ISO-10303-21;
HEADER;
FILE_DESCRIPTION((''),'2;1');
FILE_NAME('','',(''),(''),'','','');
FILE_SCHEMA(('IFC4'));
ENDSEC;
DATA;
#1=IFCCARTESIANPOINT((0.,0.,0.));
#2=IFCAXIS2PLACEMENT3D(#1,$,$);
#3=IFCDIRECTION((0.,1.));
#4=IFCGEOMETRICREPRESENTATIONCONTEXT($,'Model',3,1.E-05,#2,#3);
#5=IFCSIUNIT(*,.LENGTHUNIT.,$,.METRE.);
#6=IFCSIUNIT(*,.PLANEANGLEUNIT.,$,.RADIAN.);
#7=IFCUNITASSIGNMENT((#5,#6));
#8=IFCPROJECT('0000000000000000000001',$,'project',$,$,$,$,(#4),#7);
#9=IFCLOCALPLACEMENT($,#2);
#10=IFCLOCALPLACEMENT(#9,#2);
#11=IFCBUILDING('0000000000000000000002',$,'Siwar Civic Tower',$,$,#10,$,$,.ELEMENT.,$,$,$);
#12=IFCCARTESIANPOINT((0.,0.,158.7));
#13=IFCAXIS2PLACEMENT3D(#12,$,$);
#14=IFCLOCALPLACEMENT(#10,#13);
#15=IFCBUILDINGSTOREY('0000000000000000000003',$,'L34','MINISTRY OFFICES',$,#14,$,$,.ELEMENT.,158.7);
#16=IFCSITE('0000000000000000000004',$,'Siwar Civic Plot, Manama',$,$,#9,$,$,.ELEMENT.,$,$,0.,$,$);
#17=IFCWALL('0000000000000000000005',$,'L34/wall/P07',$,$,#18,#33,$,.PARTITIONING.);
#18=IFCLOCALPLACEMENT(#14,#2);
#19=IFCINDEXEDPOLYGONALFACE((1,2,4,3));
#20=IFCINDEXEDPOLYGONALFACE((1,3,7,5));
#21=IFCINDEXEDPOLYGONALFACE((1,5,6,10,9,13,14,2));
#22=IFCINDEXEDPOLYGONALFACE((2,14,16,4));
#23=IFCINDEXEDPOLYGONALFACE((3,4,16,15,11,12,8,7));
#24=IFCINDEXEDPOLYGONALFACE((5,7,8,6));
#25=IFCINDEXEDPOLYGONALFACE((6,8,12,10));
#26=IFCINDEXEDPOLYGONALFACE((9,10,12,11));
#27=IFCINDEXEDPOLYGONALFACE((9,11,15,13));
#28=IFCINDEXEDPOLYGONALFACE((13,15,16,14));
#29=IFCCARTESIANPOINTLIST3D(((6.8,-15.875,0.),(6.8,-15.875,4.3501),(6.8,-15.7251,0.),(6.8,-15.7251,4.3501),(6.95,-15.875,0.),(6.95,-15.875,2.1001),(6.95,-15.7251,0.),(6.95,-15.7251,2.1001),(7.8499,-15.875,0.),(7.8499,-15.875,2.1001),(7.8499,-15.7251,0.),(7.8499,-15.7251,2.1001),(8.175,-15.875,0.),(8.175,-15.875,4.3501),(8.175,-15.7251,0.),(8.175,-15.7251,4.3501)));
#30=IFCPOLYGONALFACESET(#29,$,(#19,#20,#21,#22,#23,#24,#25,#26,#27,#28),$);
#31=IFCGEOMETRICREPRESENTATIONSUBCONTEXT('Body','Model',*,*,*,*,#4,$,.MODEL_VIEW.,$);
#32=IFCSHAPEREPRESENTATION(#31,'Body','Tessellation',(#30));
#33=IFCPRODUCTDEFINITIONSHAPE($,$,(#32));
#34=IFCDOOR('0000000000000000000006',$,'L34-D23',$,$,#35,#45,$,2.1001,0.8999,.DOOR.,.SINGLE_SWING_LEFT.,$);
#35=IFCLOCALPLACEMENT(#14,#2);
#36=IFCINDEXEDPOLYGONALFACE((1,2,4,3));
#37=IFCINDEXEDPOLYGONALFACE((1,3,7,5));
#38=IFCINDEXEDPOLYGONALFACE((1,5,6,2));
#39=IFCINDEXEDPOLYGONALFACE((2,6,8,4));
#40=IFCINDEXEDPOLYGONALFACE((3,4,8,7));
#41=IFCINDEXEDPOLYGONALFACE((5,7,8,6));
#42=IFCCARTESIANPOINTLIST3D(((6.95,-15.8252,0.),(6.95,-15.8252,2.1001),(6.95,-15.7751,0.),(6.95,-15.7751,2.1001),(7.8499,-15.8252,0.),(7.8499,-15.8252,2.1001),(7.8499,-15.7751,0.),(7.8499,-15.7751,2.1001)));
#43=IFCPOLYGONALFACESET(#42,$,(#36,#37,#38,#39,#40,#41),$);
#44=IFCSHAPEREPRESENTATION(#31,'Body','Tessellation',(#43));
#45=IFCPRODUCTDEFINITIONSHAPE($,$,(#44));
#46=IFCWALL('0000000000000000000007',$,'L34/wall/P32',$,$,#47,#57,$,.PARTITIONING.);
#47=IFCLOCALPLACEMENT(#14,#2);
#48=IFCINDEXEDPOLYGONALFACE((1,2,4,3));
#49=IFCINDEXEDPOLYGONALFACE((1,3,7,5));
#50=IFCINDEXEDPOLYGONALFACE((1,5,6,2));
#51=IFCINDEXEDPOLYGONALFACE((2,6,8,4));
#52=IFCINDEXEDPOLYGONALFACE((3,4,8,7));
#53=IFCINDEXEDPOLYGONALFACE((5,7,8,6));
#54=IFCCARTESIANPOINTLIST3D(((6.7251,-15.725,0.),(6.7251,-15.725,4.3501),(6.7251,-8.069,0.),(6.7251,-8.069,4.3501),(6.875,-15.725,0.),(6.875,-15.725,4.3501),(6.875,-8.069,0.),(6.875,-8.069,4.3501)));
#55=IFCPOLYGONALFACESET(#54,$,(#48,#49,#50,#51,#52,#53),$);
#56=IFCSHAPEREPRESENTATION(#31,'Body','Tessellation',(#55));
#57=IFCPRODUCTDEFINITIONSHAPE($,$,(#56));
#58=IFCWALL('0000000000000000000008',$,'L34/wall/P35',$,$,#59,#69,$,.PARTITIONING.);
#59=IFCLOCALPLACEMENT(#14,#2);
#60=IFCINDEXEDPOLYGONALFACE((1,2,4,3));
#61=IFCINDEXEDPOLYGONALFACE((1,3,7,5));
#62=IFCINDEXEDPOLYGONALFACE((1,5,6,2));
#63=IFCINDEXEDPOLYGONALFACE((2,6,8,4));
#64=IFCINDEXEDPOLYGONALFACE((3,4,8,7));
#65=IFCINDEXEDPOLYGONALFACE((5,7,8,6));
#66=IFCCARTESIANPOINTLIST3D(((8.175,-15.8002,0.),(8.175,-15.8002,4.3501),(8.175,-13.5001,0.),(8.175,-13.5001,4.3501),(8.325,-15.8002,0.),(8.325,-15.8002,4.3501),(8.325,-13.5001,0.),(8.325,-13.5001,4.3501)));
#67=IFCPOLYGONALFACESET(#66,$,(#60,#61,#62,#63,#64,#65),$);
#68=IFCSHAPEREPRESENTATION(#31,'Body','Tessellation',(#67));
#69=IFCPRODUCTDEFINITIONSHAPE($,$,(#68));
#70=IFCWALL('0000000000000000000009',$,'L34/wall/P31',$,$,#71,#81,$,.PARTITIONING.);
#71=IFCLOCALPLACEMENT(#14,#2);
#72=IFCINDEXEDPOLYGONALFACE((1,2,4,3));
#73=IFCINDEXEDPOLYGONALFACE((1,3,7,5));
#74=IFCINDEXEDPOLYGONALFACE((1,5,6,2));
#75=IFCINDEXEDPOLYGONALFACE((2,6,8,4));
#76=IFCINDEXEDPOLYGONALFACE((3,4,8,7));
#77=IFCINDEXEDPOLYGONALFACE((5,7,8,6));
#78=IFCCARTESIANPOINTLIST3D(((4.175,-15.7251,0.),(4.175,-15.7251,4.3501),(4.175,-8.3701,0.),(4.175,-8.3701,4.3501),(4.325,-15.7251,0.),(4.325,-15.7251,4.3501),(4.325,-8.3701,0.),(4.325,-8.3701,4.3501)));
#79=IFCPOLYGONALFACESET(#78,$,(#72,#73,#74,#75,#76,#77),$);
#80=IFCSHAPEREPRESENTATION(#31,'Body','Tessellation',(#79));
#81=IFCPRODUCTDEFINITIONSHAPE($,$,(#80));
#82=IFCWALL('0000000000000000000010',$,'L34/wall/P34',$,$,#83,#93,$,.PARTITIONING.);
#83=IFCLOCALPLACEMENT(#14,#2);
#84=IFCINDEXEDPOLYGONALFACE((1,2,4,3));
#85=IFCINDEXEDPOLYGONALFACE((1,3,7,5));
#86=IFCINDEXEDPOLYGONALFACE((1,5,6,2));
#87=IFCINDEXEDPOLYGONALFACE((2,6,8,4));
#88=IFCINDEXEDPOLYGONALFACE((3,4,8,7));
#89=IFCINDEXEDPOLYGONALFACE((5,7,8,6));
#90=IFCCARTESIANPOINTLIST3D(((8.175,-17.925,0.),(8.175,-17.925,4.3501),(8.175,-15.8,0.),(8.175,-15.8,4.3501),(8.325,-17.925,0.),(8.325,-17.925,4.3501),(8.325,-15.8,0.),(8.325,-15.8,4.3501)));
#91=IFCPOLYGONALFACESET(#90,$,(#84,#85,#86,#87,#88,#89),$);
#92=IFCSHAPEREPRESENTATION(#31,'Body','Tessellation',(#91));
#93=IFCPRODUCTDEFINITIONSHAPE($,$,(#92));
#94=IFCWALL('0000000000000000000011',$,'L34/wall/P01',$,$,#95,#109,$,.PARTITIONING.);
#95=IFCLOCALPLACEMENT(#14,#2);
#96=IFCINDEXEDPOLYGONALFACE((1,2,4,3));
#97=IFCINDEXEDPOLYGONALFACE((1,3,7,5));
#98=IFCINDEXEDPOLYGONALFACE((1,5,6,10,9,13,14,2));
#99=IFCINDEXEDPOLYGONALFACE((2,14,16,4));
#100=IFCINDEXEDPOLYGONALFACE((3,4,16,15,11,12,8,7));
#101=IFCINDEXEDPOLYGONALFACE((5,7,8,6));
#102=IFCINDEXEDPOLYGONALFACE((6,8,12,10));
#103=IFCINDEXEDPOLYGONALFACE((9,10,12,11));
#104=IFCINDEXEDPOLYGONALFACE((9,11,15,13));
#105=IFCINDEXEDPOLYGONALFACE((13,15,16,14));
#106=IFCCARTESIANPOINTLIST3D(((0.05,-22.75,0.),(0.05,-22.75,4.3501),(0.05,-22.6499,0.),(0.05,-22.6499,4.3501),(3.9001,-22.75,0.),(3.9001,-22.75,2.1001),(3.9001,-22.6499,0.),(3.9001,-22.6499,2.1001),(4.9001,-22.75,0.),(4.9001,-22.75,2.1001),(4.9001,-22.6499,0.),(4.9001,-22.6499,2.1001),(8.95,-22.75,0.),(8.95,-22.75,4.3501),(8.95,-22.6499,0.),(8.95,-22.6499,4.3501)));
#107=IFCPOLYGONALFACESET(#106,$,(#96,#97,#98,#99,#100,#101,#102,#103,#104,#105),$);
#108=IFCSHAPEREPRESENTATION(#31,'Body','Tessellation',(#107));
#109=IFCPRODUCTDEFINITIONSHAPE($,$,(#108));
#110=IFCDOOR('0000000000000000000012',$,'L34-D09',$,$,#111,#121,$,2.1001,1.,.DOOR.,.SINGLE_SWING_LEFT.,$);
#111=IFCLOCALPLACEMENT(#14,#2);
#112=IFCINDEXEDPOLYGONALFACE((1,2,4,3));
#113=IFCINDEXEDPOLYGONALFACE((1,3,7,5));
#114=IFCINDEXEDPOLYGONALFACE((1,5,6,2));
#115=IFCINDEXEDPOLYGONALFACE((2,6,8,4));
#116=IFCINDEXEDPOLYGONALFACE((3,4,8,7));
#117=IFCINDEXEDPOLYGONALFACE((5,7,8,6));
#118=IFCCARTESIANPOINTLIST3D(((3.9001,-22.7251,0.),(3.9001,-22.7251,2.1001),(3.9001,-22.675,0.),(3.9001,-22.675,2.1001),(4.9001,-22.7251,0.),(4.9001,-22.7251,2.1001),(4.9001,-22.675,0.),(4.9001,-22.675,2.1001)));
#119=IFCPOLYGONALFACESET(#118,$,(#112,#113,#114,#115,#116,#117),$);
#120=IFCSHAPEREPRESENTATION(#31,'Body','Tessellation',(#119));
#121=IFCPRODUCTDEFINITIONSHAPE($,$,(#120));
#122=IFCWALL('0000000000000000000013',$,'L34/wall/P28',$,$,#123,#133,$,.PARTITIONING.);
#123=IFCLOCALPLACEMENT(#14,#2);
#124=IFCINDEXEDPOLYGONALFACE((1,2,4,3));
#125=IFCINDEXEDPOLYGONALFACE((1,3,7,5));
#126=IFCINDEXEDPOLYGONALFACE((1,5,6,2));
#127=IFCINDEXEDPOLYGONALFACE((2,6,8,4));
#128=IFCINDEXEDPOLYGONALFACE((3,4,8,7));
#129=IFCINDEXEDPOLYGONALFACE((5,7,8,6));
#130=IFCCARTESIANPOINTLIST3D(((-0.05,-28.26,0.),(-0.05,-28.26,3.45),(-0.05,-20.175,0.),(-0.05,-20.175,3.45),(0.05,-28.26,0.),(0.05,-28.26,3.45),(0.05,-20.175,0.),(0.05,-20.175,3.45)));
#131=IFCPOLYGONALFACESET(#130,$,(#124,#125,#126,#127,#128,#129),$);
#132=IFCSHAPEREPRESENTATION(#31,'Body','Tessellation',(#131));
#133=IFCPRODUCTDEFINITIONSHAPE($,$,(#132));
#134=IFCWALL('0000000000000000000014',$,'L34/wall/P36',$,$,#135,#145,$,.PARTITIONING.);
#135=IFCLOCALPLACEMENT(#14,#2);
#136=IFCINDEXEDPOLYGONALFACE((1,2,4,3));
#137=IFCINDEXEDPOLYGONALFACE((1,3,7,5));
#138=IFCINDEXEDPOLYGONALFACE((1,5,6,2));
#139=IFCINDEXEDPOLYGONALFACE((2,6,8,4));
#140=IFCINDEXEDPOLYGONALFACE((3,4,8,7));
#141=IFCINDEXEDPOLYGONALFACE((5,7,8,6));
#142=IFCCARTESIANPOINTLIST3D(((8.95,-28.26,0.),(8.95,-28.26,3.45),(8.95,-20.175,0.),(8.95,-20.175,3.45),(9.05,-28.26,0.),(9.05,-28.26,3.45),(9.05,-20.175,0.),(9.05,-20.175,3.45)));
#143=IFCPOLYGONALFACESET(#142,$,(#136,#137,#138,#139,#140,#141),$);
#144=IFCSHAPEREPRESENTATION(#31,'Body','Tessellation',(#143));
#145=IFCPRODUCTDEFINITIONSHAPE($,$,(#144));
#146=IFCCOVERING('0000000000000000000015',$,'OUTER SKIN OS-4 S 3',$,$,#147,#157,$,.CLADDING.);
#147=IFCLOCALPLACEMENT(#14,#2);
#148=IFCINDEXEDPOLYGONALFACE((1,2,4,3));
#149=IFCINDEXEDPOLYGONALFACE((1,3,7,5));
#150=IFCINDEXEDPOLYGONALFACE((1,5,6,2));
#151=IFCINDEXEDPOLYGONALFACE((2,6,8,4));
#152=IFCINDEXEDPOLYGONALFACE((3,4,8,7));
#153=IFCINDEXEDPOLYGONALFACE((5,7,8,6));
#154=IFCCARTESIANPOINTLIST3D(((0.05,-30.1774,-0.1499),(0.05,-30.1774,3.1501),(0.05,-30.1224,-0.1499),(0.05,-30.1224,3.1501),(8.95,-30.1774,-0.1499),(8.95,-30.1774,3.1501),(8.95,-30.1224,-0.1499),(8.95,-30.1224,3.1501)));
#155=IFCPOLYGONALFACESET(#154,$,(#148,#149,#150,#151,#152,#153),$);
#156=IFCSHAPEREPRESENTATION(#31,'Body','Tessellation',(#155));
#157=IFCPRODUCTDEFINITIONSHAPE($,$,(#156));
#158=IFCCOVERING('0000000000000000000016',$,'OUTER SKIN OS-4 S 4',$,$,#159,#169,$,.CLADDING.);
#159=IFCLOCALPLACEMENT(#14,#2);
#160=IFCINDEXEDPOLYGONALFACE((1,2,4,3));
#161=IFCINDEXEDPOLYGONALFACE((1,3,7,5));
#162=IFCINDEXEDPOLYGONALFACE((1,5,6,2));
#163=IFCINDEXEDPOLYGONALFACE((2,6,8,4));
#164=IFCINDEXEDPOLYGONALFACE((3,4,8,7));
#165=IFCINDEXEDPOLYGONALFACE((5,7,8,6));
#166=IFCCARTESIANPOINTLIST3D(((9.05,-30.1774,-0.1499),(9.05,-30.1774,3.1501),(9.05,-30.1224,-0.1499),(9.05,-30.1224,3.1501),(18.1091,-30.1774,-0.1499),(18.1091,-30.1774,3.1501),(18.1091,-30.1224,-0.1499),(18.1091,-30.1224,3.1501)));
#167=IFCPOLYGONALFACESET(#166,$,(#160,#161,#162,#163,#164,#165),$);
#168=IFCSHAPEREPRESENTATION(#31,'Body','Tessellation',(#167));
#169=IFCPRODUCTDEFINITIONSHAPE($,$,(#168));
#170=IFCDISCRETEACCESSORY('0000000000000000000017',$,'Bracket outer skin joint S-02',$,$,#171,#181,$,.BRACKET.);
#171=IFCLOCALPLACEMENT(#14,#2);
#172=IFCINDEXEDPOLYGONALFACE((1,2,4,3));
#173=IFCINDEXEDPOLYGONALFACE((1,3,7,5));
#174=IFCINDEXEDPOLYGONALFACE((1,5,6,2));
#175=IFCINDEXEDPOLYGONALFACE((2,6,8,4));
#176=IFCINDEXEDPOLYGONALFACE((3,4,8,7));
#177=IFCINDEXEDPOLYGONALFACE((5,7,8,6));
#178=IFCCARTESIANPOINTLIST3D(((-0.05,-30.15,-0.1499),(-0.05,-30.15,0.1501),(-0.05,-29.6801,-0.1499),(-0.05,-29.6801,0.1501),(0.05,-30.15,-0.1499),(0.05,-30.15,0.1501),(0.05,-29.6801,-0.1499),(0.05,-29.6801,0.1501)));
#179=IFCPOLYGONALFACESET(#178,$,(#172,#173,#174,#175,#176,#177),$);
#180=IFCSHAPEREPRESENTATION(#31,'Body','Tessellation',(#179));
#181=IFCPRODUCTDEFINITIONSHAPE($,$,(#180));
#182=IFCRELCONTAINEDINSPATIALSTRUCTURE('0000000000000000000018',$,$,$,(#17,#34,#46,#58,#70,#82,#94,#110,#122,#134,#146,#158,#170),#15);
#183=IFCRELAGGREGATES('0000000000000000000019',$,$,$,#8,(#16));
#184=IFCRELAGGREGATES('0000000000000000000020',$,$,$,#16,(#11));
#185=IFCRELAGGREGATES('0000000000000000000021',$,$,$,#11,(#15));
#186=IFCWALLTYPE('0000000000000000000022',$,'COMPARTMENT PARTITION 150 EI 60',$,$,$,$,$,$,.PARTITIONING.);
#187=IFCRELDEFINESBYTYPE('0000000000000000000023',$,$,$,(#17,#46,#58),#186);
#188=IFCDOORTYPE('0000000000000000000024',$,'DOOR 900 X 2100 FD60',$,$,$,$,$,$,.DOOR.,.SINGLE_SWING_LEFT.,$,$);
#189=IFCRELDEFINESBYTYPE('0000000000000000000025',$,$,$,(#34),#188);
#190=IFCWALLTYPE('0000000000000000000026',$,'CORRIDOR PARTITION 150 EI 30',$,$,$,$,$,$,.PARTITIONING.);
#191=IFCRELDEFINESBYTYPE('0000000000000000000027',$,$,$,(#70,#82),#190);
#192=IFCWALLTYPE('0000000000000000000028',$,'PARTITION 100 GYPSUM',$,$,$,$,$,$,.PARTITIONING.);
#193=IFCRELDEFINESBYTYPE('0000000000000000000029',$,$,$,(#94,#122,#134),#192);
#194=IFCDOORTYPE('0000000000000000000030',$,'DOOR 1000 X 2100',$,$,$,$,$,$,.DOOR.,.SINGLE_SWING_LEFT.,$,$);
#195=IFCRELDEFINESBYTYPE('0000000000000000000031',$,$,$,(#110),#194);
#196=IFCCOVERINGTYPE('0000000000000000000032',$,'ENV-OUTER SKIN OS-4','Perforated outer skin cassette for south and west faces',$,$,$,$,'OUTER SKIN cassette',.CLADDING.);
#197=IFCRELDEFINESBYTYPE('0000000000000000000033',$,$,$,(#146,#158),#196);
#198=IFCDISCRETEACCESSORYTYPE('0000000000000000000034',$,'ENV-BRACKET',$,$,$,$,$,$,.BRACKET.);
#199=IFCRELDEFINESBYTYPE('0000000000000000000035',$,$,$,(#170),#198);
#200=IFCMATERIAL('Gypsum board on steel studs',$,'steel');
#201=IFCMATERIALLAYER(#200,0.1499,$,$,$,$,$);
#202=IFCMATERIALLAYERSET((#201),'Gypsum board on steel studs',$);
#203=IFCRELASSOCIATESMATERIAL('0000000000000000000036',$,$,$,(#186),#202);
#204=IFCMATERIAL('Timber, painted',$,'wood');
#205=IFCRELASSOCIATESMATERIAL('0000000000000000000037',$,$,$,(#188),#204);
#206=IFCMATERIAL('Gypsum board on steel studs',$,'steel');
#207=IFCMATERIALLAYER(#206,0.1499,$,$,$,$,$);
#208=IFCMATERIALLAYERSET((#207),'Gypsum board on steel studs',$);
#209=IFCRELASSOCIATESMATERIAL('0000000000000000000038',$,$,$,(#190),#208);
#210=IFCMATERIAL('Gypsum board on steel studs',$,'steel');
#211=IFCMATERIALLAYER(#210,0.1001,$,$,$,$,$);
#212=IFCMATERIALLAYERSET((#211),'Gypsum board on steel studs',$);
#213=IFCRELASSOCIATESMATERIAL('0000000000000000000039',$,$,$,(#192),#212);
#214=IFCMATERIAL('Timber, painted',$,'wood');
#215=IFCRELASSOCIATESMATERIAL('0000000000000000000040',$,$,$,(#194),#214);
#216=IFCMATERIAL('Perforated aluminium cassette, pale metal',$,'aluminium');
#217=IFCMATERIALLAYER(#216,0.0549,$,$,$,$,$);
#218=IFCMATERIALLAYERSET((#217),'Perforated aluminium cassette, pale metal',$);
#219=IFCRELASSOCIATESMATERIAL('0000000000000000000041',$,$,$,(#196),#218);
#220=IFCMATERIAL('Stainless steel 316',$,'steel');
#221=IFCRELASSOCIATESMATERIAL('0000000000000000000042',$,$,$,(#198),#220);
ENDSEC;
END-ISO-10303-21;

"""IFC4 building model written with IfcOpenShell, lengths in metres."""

from ifc_helpers import new_model, si_unit, direction, frame, frame_2d, origin, origin_2d, place, context, subcontext, project, spatial, rectangle, extrude, material, layer, layer_set, type_object, element, fill, save


model = new_model("IFC4")

# Units and contexts
model_context = context("Model", 3, precision=1e-05, world=origin(), true_north=direction((0.0, 1.0)))
body_context = subcontext(model_context, "Body", "Model", "MODEL_VIEW")
ifc_project = project(units=[si_unit("LENGTHUNIT", "METRE"), si_unit("PLANEANGLEUNIT", "RADIAN")], contexts=[model_context])

# Site, building, storey
site_placement = place(None, origin())
site = spatial("IfcSite", under=ifc_project, at=site_placement, Name="Siwar Civic Plot, Manama", CompositionType="ELEMENT", RefElevation=0.0)
building_placement = place(site_placement, origin())
building = spatial("IfcBuilding", under=site, at=building_placement, Name="Siwar Civic Tower", CompositionType="ELEMENT")
storey_placement = place(building_placement, frame((0.0, 0.0, 158.7)))
storey = spatial("IfcBuildingStorey", under=building, at=storey_placement, Name="L34", Description="MINISTRY OFFICES", CompositionType="ELEMENT", Elevation=158.7)

# Wall, opening, door
ifc_material_1 = material(Name="Gypsum board on steel studs", Category="steel")
ifc_layer_1 = layer(ifc_material_1, 0.1499)
ifc_layer_set_1 = layer_set([ifc_layer_1], Name="Gypsum board on steel studs")
wall_type_1 = type_object("IfcWallType", Name="COMPARTMENT PARTITION 150 EI 60", PredefinedType="PARTITIONING", material=ifc_layer_set_1)
wall_1_placement = place(storey_placement, frame((6.8, -15.8, 0.0), z_axis=(0.0, 0.0, 1.0), x_axis=(1.0, 0.0, 0.0)))
wall_1 = element("IfcWall", 1, at=wall_1_placement, inside=storey, type_object=wall_type_1, Name="L34/wall/P07", PredefinedType="PARTITIONING", context=body_context, shape_type="SweptSolid", body=[
    extrude(rectangle(XDim=1.375, YDim=0.1499, at=frame_2d((0.6875, 0.0))), origin(), (0.0, 0.0, 1.0), 4.3501),
])
opening_1_placement = place(wall_1_placement, frame((0.1499, 0.0, 0.0)))
opening_1 = element("IfcOpeningElement", 2, at=opening_1_placement, cuts=wall_1, PredefinedType="OPENING", context=body_context, shape_type="SweptSolid", body=[
    extrude(rectangle(XDim=0.8999, YDim=2.1001, at=frame_2d((0.45, 1.05))), frame((0.0, 0.085, 0.0), z_axis=(0.0, -1.0, 0.0), x_axis=(1.0, 0.0, 0.0)), (0.0, 0.0, 1.0), 0.1699),
])
ifc_material_2 = material(Name="Timber, painted", Category="wood")
door_type_1 = type_object("IfcDoorType", Name="DOOR 900 X 2100 FD60", OperationType="SINGLE_SWING_LEFT", PredefinedType="DOOR", material=ifc_material_2)
door_1_placement = place(opening_1_placement, origin())
door_1 = element("IfcDoor", 3, at=door_1_placement, inside=storey, type_object=door_type_1, Name="L34-D23", OperationType="SINGLE_SWING_LEFT", OverallHeight=2.1001, OverallWidth=0.8999, PredefinedType="DOOR", context=body_context, shape_type="SweptSolid", body=[
    extrude(rectangle(XDim=0.8999, YDim=2.1001, at=frame_2d((0.45, 1.05))), frame((0.0, 0.0249, 0.0), z_axis=(0.0, -1.0, 0.0), x_axis=(1.0, 0.0, 0.0)), (0.0, 0.0, 1.0), 0.05),
])
fill(opening_1, door_1)

# Walls
wall_2_placement = place(storey_placement, frame((6.8, -15.7251, 0.0), z_axis=(0.0, 0.0, 1.0), x_axis=(0.0, 1.0, 0.0)))
element("IfcWall", 4, at=wall_2_placement, inside=storey, type_object=wall_type_1, Name="L34/wall/P32", PredefinedType="PARTITIONING", context=body_context, shape_type="SweptSolid", body=[
    extrude(rectangle(XDim=7.656, YDim=0.1499, at=frame_2d((3.8281, 0.0))), origin(), (0.0, 0.0, 1.0), 4.3501),
])
wall_3_placement = place(storey_placement, frame((8.25, -15.8, 0.0), z_axis=(0.0, 0.0, 1.0), x_axis=(0.0, 1.0, 0.0)))
element("IfcWall", 5, at=wall_3_placement, inside=storey, type_object=wall_type_1, Name="L34/wall/P35", PredefinedType="PARTITIONING", context=body_context, shape_type="SweptSolid", body=[
    extrude(rectangle(XDim=2.3, YDim=0.1499, at=frame_2d((1.1499, 0.0))), origin(), (0.0, 0.0, 1.0), 4.3501),
])
ifc_material_3 = material(Name="Gypsum board on steel studs", Category="steel")
ifc_layer_2 = layer(ifc_material_3, 0.1499)
ifc_layer_set_2 = layer_set([ifc_layer_2], Name="Gypsum board on steel studs")
wall_type_2 = type_object("IfcWallType", Name="CORRIDOR PARTITION 150 EI 30", PredefinedType="PARTITIONING", material=ifc_layer_set_2)
wall_4_placement = place(storey_placement, frame((4.25, -15.7251, 0.0), z_axis=(0.0, 0.0, 1.0), x_axis=(0.0, 1.0, 0.0)))
element("IfcWall", 6, at=wall_4_placement, inside=storey, type_object=wall_type_2, Name="L34/wall/P31", PredefinedType="PARTITIONING", context=body_context, shape_type="SweptSolid", body=[
    extrude(rectangle(XDim=7.355, YDim=0.1499, at=frame_2d((3.6775, 0.0))), origin(), (0.0, 0.0, 1.0), 4.3501),
])
wall_5_placement = place(storey_placement, frame((8.25, -17.925, 0.0), z_axis=(0.0, 0.0, 1.0), x_axis=(0.0, 1.0, 0.0)))
element("IfcWall", 7, at=wall_5_placement, inside=storey, type_object=wall_type_2, Name="L34/wall/P34", PredefinedType="PARTITIONING", context=body_context, shape_type="SweptSolid", body=[
    extrude(rectangle(XDim=2.125, YDim=0.1499, at=frame_2d((1.0625, 0.0))), origin(), (0.0, 0.0, 1.0), 4.3501),
])

# Wall, opening, door
ifc_material_4 = material(Name="Gypsum board on steel studs", Category="steel")
ifc_layer_3 = layer(ifc_material_4, 0.1001)
ifc_layer_set_3 = layer_set([ifc_layer_3], Name="Gypsum board on steel studs")
wall_type_3 = type_object("IfcWallType", Name="PARTITION 100 GYPSUM", PredefinedType="PARTITIONING", material=ifc_layer_set_3)
wall_6_placement = place(storey_placement, frame((0.05, -22.7, 0.0), z_axis=(0.0, 0.0, 1.0), x_axis=(1.0, 0.0, 0.0)))
wall_6 = element("IfcWall", 8, at=wall_6_placement, inside=storey, type_object=wall_type_3, Name="L34/wall/P01", PredefinedType="PARTITIONING", context=body_context, shape_type="SweptSolid", body=[
    extrude(rectangle(XDim=8.8999, YDim=0.1001, at=frame_2d((4.45, 0.0))), origin(), (0.0, 0.0, 1.0), 4.3501),
])
opening_2_placement = place(wall_6_placement, frame((3.8501, 0.0, 0.0)))
opening_2 = element("IfcOpeningElement", 9, at=opening_2_placement, cuts=wall_6, PredefinedType="OPENING", context=body_context, shape_type="SweptSolid", body=[
    extrude(rectangle(XDim=1.0, YDim=2.1001, at=frame_2d((0.5, 1.05))), frame((0.0, 0.0601, 0.0), z_axis=(0.0, -1.0, 0.0), x_axis=(1.0, 0.0, 0.0)), (0.0, 0.0, 1.0), 0.1201),
])
ifc_material_5 = material(Name="Timber, painted", Category="wood")
door_type_2 = type_object("IfcDoorType", Name="DOOR 1000 X 2100", OperationType="SINGLE_SWING_LEFT", PredefinedType="DOOR", material=ifc_material_5)
door_2_placement = place(opening_2_placement, origin())
door_2 = element("IfcDoor", 10, at=door_2_placement, inside=storey, type_object=door_type_2, Name="L34-D09", OperationType="SINGLE_SWING_LEFT", OverallHeight=2.1001, OverallWidth=1.0, PredefinedType="DOOR", context=body_context, shape_type="SweptSolid", body=[
    extrude(rectangle(XDim=1.0, YDim=2.1001, at=frame_2d((0.5, 1.05))), frame((0.0, 0.0249, 0.0), z_axis=(0.0, -1.0, 0.0), x_axis=(1.0, 0.0, 0.0)), (0.0, 0.0, 1.0), 0.05),
])
fill(opening_2, door_2)

# Walls
for number, where, z_axis, x_axis, name in (
    (11, (0.0, -28.26, 0.0), (0.0, 0.0, 1.0), (0.0, 1.0, 0.0), "L34/wall/P28"),
    (12, (9.0, -28.26, 0.0), (0.0, 0.0, 1.0), (0.0, 1.0, 0.0), "L34/wall/P36"),
):
    element("IfcWall", number, at=place(storey_placement, frame(where, z_axis=z_axis, x_axis=x_axis)), inside=storey, type_object=wall_type_3, Name=name, PredefinedType="PARTITIONING", context=body_context, shape_type="SweptSolid", body=[
        extrude(rectangle(XDim=8.085, YDim=0.1001, at=frame_2d((4.0425, 0.0))), origin(), (0.0, 0.0, 1.0), 3.45),
    ])

# Coverings
ifc_material_6 = material(Name="Perforated aluminium cassette, pale metal", Category="aluminium")
ifc_layer_4 = layer(ifc_material_6, 0.0549)
ifc_layer_set_4 = layer_set([ifc_layer_4], Name="Perforated aluminium cassette, pale metal")
covering_type = type_object("IfcCoveringType", Name="ENV-OUTER SKIN OS-4", Description="Perforated outer skin cassette for south and west faces", ElementType="OUTER SKIN cassette", PredefinedType="CLADDING", material=ifc_layer_set_4)
covering_1_placement = place(storey_placement, frame((4.5, -30.1499, -0.1499), z_axis=(0.0, 0.0, 1.0), x_axis=(1.0, 0.0, 0.0)))
element("IfcCovering", 13, at=covering_1_placement, inside=storey, type_object=covering_type, Name="OUTER SKIN OS-4 S 3", PredefinedType="CLADDING", context=body_context, shape_type="SweptSolid", body=[
    extrude(rectangle(XDim=8.8999, YDim=0.0549, at=origin_2d()), origin(), (0.0, 0.0, 1.0), 3.3),
])
covering_2_placement = place(storey_placement, frame((13.5796, -30.1499, -0.1499), z_axis=(0.0, 0.0, 1.0), x_axis=(1.0, 0.0, 0.0)))
element("IfcCovering", 14, at=covering_2_placement, inside=storey, type_object=covering_type, Name="OUTER SKIN OS-4 S 4", PredefinedType="CLADDING", context=body_context, shape_type="SweptSolid", body=[
    extrude(rectangle(XDim=9.0591, YDim=0.0549, at=origin_2d()), origin(), (0.0, 0.0, 1.0), 3.3),
])

# Discrete accessory
ifc_material_7 = material(Name="Stainless steel 316", Category="steel")
discrete_accessory_type = type_object("IfcDiscreteAccessoryType", Name="ENV-BRACKET", PredefinedType="BRACKET", material=ifc_material_7)
for number, where, z_axis, x_axis, name in (
    (15, (0.0, -29.915, -0.1499), (0.0, 0.0, 1.0), (0.0, -1.0, 0.0), "Bracket outer skin joint S-02"),
):
    element("IfcDiscreteAccessory", number, at=place(storey_placement, frame(where, z_axis=z_axis, x_axis=x_axis)), inside=storey, type_object=discrete_accessory_type, Name=name, PredefinedType="BRACKET", context=body_context, shape_type="SweptSolid", body=[
        extrude(rectangle(XDim=0.47, YDim=0.1001, at=origin_2d()), origin(), (0.0, 0.0, 1.0), 0.3),
    ])

save(model, "model.ifc")
